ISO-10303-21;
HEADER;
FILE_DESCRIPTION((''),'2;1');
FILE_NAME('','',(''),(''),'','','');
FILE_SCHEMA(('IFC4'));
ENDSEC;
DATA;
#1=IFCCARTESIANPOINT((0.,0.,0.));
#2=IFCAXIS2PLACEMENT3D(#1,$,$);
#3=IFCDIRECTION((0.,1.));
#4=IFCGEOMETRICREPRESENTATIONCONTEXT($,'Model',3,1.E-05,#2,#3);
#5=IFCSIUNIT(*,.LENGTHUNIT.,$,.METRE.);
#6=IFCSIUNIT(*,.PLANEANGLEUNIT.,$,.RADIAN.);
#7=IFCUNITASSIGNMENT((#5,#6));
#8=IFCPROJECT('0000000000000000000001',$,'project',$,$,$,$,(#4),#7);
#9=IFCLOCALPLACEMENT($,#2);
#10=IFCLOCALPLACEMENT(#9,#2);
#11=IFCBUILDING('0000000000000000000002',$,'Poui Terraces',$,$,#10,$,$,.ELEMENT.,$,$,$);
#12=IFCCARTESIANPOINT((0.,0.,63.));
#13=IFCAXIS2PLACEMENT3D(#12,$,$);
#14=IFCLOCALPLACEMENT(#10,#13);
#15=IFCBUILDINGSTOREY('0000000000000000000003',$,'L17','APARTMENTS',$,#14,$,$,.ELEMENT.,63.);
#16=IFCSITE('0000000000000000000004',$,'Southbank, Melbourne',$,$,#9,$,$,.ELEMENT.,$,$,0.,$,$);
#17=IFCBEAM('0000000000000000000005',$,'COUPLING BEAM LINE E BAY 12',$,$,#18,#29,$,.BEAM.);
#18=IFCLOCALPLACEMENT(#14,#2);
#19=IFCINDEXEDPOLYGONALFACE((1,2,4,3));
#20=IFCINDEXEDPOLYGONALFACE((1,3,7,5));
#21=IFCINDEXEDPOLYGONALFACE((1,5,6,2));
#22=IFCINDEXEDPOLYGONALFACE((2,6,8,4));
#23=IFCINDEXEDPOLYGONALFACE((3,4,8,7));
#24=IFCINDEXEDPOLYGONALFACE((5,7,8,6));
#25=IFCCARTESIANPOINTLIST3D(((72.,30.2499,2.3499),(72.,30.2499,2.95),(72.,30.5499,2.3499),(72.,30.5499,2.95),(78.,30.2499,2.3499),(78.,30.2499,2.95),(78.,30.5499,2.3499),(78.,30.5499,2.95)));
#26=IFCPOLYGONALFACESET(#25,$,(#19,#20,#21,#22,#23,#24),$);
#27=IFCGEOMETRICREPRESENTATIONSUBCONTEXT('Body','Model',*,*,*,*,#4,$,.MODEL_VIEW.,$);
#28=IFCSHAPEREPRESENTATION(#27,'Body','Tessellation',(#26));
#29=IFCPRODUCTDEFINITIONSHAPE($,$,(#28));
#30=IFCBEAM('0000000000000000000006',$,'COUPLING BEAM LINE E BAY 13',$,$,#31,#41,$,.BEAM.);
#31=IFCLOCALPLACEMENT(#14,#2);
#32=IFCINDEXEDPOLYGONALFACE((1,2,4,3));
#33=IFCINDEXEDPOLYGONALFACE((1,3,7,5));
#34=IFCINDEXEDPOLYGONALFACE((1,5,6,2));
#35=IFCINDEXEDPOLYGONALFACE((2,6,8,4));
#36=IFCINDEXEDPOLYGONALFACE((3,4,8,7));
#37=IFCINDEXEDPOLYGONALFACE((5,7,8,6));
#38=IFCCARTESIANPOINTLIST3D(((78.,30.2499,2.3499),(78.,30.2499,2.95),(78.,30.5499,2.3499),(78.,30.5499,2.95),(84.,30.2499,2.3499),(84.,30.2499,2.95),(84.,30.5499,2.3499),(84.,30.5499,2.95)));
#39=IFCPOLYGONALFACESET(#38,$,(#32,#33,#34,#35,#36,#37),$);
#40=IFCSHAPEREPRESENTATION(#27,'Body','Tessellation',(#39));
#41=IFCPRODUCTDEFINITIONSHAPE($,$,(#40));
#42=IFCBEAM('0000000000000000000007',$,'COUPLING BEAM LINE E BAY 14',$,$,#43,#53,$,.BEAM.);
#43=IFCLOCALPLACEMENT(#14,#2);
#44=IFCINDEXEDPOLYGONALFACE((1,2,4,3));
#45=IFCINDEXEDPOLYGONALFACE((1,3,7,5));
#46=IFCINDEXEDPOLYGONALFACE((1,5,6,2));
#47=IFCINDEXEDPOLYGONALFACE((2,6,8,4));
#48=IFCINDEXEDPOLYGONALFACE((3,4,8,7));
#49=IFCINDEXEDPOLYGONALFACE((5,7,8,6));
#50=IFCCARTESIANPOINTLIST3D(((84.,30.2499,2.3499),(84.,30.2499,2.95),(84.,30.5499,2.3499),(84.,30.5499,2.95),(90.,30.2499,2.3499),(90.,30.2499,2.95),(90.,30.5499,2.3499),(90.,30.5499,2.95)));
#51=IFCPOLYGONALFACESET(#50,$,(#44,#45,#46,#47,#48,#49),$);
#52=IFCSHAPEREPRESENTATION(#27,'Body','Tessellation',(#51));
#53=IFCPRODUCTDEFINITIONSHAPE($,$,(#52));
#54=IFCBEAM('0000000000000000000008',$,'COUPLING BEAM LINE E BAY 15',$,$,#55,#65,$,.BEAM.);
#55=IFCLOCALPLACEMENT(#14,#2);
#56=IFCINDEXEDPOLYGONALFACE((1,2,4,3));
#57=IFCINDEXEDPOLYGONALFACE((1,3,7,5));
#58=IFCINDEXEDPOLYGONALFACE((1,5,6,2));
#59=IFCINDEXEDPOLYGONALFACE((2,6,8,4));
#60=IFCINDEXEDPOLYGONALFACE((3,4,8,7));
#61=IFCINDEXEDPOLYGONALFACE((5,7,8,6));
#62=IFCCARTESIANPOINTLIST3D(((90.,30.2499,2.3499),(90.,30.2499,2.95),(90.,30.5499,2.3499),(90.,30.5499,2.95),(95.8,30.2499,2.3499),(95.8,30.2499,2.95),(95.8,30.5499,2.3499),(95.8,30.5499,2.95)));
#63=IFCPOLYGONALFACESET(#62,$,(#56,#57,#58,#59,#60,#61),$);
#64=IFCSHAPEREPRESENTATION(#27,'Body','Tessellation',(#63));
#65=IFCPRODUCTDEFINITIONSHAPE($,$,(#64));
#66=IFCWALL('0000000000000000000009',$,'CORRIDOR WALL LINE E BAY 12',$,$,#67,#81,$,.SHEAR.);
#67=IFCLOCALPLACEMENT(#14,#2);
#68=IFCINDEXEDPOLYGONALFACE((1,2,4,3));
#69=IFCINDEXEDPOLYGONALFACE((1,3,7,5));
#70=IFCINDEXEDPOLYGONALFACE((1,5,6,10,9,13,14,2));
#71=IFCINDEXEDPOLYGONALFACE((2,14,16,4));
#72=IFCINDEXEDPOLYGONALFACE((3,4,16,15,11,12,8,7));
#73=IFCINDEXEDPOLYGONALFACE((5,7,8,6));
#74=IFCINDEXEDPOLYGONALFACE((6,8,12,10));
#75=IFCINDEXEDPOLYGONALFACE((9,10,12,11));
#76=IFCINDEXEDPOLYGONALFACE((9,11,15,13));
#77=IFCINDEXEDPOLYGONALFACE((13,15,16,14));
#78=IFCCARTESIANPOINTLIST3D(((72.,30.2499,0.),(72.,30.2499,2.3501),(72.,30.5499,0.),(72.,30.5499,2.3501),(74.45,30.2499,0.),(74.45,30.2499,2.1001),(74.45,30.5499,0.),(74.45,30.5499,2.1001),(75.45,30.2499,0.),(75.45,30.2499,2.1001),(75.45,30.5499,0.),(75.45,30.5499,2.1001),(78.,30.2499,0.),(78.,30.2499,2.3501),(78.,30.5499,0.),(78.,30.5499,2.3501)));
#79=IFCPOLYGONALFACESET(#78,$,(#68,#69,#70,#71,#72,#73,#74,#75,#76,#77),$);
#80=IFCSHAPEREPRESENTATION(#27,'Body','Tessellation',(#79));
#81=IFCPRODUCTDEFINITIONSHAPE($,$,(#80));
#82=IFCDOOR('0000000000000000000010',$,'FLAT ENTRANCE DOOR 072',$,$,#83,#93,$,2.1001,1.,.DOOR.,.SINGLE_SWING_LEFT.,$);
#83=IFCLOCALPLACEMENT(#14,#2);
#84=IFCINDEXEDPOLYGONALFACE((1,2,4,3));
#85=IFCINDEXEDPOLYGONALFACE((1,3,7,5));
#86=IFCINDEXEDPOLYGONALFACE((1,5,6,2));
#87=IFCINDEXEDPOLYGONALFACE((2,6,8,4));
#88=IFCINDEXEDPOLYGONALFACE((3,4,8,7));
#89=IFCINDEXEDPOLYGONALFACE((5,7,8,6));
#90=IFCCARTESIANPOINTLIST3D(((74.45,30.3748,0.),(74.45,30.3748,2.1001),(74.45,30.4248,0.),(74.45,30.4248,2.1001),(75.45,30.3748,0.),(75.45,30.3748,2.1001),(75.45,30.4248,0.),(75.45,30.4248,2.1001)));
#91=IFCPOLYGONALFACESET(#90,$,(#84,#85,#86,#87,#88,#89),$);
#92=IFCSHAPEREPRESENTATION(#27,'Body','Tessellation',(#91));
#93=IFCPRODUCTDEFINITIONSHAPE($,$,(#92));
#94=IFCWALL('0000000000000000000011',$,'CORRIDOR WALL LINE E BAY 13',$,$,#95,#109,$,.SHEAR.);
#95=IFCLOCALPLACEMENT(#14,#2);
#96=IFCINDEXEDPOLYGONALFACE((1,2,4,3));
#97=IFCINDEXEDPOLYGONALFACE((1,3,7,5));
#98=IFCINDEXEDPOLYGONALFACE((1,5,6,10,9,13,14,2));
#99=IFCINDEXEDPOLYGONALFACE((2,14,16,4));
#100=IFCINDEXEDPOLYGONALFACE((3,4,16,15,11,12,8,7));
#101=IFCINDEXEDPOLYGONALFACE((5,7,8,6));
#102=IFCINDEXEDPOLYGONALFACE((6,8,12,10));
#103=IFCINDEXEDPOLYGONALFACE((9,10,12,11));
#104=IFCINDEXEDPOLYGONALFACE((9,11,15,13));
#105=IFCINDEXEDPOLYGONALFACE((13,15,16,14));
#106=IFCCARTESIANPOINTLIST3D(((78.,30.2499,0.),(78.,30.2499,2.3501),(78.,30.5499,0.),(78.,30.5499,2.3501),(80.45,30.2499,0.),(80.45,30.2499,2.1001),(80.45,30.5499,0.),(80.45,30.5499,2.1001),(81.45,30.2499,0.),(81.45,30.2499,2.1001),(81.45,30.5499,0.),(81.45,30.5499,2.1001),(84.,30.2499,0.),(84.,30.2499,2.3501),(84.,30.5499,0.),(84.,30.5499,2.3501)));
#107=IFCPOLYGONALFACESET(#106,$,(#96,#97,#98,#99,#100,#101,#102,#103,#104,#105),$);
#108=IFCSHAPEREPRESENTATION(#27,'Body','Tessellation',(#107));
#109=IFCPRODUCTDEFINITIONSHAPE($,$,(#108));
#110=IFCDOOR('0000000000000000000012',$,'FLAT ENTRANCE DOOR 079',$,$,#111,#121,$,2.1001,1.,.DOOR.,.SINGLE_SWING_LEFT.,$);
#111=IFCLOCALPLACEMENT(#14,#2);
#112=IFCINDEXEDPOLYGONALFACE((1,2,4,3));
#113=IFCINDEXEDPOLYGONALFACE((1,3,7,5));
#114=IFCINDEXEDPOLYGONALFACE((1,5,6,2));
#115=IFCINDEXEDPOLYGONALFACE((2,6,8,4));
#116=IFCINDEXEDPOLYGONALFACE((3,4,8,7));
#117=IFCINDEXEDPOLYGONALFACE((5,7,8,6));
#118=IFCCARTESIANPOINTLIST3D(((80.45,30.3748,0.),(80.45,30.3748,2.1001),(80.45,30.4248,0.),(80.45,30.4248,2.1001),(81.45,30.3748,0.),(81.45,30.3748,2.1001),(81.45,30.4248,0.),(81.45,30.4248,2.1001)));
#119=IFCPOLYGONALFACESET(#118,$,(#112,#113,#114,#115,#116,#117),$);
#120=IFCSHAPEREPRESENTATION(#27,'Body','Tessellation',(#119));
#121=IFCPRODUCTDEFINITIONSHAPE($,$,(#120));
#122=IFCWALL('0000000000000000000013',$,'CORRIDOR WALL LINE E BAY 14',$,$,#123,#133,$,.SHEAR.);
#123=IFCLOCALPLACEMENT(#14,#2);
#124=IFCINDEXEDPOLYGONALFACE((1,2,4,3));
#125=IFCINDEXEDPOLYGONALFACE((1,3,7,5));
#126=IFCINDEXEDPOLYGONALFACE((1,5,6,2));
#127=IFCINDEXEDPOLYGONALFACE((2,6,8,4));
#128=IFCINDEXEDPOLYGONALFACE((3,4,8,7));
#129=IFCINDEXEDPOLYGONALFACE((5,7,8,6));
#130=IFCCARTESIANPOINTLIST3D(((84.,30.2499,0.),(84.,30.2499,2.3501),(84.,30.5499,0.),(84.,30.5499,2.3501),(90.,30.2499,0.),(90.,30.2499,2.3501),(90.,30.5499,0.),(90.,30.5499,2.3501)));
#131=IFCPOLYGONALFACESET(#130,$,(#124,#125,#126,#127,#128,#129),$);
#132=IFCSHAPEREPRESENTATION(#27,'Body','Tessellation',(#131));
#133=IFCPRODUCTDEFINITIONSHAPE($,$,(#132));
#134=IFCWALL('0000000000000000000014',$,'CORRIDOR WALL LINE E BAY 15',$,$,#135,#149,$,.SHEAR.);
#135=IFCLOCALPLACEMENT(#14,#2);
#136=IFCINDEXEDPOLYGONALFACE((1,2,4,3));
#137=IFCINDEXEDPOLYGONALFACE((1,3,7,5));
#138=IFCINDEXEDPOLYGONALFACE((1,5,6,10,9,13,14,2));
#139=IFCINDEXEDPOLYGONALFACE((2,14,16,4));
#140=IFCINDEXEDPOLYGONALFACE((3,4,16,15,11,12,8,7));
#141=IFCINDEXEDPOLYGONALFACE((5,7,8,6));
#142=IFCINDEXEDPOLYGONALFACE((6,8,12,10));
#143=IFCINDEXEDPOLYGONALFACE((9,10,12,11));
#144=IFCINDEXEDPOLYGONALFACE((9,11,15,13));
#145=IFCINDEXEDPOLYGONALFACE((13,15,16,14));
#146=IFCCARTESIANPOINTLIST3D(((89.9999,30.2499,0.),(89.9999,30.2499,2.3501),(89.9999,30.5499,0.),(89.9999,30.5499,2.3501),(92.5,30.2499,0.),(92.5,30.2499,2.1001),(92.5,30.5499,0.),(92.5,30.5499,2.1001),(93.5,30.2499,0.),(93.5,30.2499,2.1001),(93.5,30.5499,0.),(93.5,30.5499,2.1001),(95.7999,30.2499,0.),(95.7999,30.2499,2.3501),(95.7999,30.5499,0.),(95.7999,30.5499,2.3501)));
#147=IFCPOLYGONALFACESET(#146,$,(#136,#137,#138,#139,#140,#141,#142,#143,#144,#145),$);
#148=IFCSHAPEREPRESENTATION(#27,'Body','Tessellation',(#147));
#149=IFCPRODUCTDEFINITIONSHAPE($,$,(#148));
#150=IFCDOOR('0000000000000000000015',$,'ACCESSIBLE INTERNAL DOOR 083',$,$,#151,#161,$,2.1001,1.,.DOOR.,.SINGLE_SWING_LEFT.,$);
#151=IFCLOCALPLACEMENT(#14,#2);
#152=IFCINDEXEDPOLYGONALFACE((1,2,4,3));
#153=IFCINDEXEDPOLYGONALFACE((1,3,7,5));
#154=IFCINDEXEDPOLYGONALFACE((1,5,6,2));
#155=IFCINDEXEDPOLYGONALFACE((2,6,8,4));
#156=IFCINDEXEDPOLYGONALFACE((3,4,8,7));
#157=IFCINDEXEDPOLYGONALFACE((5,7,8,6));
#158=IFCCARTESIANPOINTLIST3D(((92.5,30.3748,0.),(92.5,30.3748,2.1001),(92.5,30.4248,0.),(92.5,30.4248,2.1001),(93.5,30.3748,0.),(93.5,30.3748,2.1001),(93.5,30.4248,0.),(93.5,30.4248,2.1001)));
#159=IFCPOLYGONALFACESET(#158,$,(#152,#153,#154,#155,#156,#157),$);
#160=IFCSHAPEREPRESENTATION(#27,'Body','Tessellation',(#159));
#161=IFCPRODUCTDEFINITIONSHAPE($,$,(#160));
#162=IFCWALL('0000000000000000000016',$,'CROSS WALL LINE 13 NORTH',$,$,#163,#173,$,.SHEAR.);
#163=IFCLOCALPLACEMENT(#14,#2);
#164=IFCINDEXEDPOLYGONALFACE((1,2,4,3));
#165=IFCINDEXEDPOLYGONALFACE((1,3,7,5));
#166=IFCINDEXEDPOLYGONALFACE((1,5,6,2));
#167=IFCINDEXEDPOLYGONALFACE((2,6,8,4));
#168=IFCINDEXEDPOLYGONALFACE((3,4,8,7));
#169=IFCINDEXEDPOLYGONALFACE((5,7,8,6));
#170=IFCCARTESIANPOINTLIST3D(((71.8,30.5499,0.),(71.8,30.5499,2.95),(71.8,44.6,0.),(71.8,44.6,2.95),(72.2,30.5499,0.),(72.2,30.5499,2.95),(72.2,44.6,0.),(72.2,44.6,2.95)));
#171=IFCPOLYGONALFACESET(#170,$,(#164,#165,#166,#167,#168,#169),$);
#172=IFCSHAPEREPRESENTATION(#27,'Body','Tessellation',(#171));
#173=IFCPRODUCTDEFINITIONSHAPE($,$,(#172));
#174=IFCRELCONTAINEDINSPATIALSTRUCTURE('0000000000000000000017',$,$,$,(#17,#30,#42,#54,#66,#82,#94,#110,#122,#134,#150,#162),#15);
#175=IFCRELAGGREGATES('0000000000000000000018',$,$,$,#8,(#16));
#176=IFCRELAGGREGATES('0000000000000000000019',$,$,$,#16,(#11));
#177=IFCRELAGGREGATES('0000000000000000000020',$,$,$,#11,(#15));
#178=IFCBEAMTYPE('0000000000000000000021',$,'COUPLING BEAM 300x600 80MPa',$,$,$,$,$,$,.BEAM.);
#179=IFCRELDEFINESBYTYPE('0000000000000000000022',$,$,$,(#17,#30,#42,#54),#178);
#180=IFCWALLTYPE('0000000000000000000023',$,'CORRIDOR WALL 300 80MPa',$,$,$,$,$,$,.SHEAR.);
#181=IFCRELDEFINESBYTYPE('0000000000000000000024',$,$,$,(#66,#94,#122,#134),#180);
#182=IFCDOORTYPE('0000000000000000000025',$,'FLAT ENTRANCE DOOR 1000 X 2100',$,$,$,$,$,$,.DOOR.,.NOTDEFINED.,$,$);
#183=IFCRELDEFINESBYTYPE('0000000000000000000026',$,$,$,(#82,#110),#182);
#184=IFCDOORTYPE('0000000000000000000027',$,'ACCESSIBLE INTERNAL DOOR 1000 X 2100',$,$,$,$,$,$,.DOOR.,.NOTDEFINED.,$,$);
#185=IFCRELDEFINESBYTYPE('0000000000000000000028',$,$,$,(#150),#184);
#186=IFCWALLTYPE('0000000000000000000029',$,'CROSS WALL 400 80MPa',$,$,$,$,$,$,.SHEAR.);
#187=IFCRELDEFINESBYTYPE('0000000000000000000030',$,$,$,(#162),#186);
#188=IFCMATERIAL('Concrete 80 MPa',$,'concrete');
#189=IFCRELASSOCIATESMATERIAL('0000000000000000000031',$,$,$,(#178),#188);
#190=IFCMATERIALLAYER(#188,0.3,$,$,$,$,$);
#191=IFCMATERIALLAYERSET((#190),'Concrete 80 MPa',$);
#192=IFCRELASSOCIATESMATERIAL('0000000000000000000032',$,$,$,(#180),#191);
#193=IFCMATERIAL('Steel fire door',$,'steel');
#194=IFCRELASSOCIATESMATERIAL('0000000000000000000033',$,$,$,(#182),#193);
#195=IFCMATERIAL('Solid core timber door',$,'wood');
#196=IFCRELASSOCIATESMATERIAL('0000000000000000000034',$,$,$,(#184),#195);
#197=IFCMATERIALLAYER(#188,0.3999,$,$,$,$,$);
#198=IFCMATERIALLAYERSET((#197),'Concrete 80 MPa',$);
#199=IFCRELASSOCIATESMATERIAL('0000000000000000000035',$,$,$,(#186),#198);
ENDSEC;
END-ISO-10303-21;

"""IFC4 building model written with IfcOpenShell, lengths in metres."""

from ifc_helpers import new_model, si_unit, direction, frame, frame_2d, origin, origin_2d, place, context, subcontext, project, spatial, rectangle, extrude, source, transform, mapped, material, layer, layer_set, material_profile, profile_set, type_object, element, fill, save


model = new_model("IFC4")

# Units and contexts
model_context = context("Model", 3, precision=1e-05, world=origin(), true_north=direction((0.0, 1.0)))
body_context = subcontext(model_context, "Body", "Model", "MODEL_VIEW")
ifc_project = project(units=[si_unit("LENGTHUNIT", "METRE"), si_unit("PLANEANGLEUNIT", "RADIAN")], contexts=[model_context])

# Site, building, storey
site_placement = place(None, origin())
site = spatial("IfcSite", under=ifc_project, at=site_placement, Name="Southbank, Melbourne", CompositionType="ELEMENT", RefElevation=0.0)
building_placement = place(site_placement, origin())
building = spatial("IfcBuilding", under=site, at=building_placement, Name="Poui Terraces", CompositionType="ELEMENT")
storey_placement = place(building_placement, frame((0.0, 0.0, 63.0)))
storey = spatial("IfcBuildingStorey", under=building, at=storey_placement, Name="L17", Description="APARTMENTS", CompositionType="ELEMENT", Elevation=63.0)

# Beams
ifc_material_1 = material(Name="Concrete 80 MPa", Category="concrete")
ifc_material_profile = material_profile(ifc_material_1, rectangle(XDim=0.3, YDim=0.6001, at=origin_2d()), Name="RC 300x600")
ifc_profile_set = profile_set([ifc_material_profile], Name="Concrete 80 MPa")
beam_type = type_object("IfcBeamType", Name="COUPLING BEAM 300x600 80MPa", PredefinedType="BEAM", material=ifc_profile_set)
shared_shape_1 = source(origin(), body_context, "Body", "SweptSolid", [
    extrude(rectangle(XDim=0.3, YDim=0.6001, at=origin_2d()), origin(), (0.0, 0.0, 1.0), 6.0),
])
for number, where, z_axis, x_axis, name in (
    (1, (72.0, 30.3999, 2.6499), (1.0, 0.0, 0.0), (0.0, 1.0, 0.0), "COUPLING BEAM LINE E BAY 12"),
    (2, (78.0, 30.3999, 2.6499), (1.0, 0.0, 0.0), (0.0, 1.0, 0.0), "COUPLING BEAM LINE E BAY 13"),
    (3, (84.0, 30.3999, 2.6499), (1.0, 0.0, 0.0), (0.0, 1.0, 0.0), "COUPLING BEAM LINE E BAY 14"),
):
    element("IfcBeam", number, at=place(storey_placement, frame(where, z_axis=z_axis, x_axis=x_axis)), inside=storey, type_object=beam_type, Name=name, PredefinedType="BEAM", context=body_context, shape_type="MappedRepresentation", body=[
        mapped(shared_shape_1, transform((0.0, 0.0, 0.0))),
    ])
shared_shape_2 = source(origin(), body_context, "Body", "SweptSolid", [
    extrude(rectangle(XDim=0.3, YDim=0.6001, at=origin_2d()), origin(), (0.0, 0.0, 1.0), 5.8),
])
beam_placement = place(storey_placement, frame((90.0, 30.3999, 2.6499), z_axis=(1.0, 0.0, 0.0), x_axis=(0.0, 1.0, 0.0)))
element("IfcBeam", 4, at=beam_placement, inside=storey, type_object=beam_type, Name="COUPLING BEAM LINE E BAY 15", PredefinedType="BEAM", context=body_context, shape_type="MappedRepresentation", body=[
    mapped(shared_shape_2, transform((0.0, 0.0, 0.0))),
])

# Walls, openings, doors
ifc_layer_1 = layer(ifc_material_1, 0.3)
ifc_layer_set_1 = layer_set([ifc_layer_1], Name="Concrete 80 MPa")
wall_type_1 = type_object("IfcWallType", Name="CORRIDOR WALL 300 80MPa", PredefinedType="SHEAR", material=ifc_layer_set_1)
wall_1_placement = place(storey_placement, frame((72.0, 30.3999, 0.0), z_axis=(0.0, 0.0, 1.0), x_axis=(1.0, 0.0, 0.0)))
wall_1 = element("IfcWall", 5, at=wall_1_placement, inside=storey, type_object=wall_type_1, Name="CORRIDOR WALL LINE E BAY 12", PredefinedType="SHEAR", context=body_context, shape_type="SweptSolid", body=[
    extrude(rectangle(XDim=6.0, YDim=0.3, at=frame_2d((3.0, 0.0))), origin(), (0.0, 0.0, 1.0), 2.3501),
])
opening_1_placement = place(wall_1_placement, frame((2.45, 0.0, 0.0)))
opening_1 = element("IfcOpeningElement", 6, at=opening_1_placement, cuts=wall_1, PredefinedType="OPENING", context=body_context, shape_type="SweptSolid", body=[
    extrude(rectangle(XDim=1.0, YDim=2.1001, at=frame_2d((0.5, 1.05))), frame((0.0, 0.1602, 0.0), z_axis=(0.0, -1.0, 0.0), x_axis=(1.0, 0.0, 0.0)), (0.0, 0.0, 1.0), 0.3201),
])
ifc_material_2 = material(Name="Steel fire door", Category="steel")
door_type_1 = type_object("IfcDoorType", Name="FLAT ENTRANCE DOOR 1000 X 2100", OperationType="NOTDEFINED", PredefinedType="DOOR", material=ifc_material_2)
door_1_placement = place(opening_1_placement, origin())
door_1 = element("IfcDoor", 7, at=door_1_placement, inside=storey, type_object=door_type_1, Name="FLAT ENTRANCE DOOR 072", OperationType="SINGLE_SWING_LEFT", OverallHeight=2.1001, OverallWidth=1.0, PredefinedType="DOOR", context=body_context, shape_type="SweptSolid", body=[
    extrude(rectangle(XDim=1.0, YDim=2.1001, at=frame_2d((0.5, 1.05))), frame((0.0, 0.0249, 0.0), z_axis=(0.0, -1.0, 0.0), x_axis=(1.0, 0.0, 0.0)), (0.0, 0.0, 1.0), 0.05),
])
fill(opening_1, door_1)
wall_2_placement = place(storey_placement, frame((78.0, 30.3999, 0.0), z_axis=(0.0, 0.0, 1.0), x_axis=(1.0, 0.0, 0.0)))
wall_2 = element("IfcWall", 8, at=wall_2_placement, inside=storey, type_object=wall_type_1, Name="CORRIDOR WALL LINE E BAY 13", PredefinedType="SHEAR", context=body_context, shape_type="SweptSolid", body=[
    extrude(rectangle(XDim=6.0, YDim=0.3, at=frame_2d((3.0, 0.0))), origin(), (0.0, 0.0, 1.0), 2.3501),
])
opening_2_placement = place(wall_2_placement, frame((2.45, 0.0, 0.0)))
opening_2 = element("IfcOpeningElement", 9, at=opening_2_placement, cuts=wall_2, PredefinedType="OPENING", context=body_context, shape_type="SweptSolid", body=[
    extrude(rectangle(XDim=1.0, YDim=2.1001, at=frame_2d((0.5, 1.05))), frame((0.0, 0.1602, 0.0), z_axis=(0.0, -1.0, 0.0), x_axis=(1.0, 0.0, 0.0)), (0.0, 0.0, 1.0), 0.3201),
])
door_2_placement = place(opening_2_placement, origin())
door_2 = element("IfcDoor", 10, at=door_2_placement, inside=storey, type_object=door_type_1, Name="FLAT ENTRANCE DOOR 079", OperationType="SINGLE_SWING_LEFT", OverallHeight=2.1001, OverallWidth=1.0, PredefinedType="DOOR", context=body_context, shape_type="SweptSolid", body=[
    extrude(rectangle(XDim=1.0, YDim=2.1001, at=frame_2d((0.5, 1.05))), frame((0.0, 0.0249, 0.0), z_axis=(0.0, -1.0, 0.0), x_axis=(1.0, 0.0, 0.0)), (0.0, 0.0, 1.0), 0.05),
])
fill(opening_2, door_2)

# Wall
wall_3_placement = place(storey_placement, frame((84.0, 30.3999, 0.0), z_axis=(0.0, 0.0, 1.0), x_axis=(1.0, 0.0, 0.0)))
element("IfcWall", 11, at=wall_3_placement, inside=storey, type_object=wall_type_1, Name="CORRIDOR WALL LINE E BAY 14", PredefinedType="SHEAR", context=body_context, shape_type="SweptSolid", body=[
    extrude(rectangle(XDim=6.0, YDim=0.3, at=frame_2d((3.0, 0.0))), origin(), (0.0, 0.0, 1.0), 2.3501),
])

# Wall, opening, door
wall_4_placement = place(storey_placement, frame((90.0, 30.3999, 0.0), z_axis=(0.0, 0.0, 1.0), x_axis=(1.0, 0.0, 0.0)))
wall_4 = element("IfcWall", 12, at=wall_4_placement, inside=storey, type_object=wall_type_1, Name="CORRIDOR WALL LINE E BAY 15", PredefinedType="SHEAR", context=body_context, shape_type="SweptSolid", body=[
    extrude(rectangle(XDim=5.8, YDim=0.3, at=frame_2d((2.8999, 0.0))), origin(), (0.0, 0.0, 1.0), 2.3501),
])
opening_3_placement = place(wall_4_placement, frame((2.5, 0.0, 0.0)))
opening_3 = element("IfcOpeningElement", 13, at=opening_3_placement, cuts=wall_4, PredefinedType="OPENING", context=body_context, shape_type="SweptSolid", body=[
    extrude(rectangle(XDim=1.0, YDim=2.1001, at=frame_2d((0.5, 1.05))), frame((0.0, 0.1602, 0.0), z_axis=(0.0, -1.0, 0.0), x_axis=(1.0, 0.0, 0.0)), (0.0, 0.0, 1.0), 0.3201),
])
ifc_material_3 = material(Name="Solid core timber door", Category="wood")
door_type_2 = type_object("IfcDoorType", Name="ACCESSIBLE INTERNAL DOOR 1000 X 2100", OperationType="NOTDEFINED", PredefinedType="DOOR", material=ifc_material_3)
door_3_placement = place(opening_3_placement, origin())
door_3 = element("IfcDoor", 14, at=door_3_placement, inside=storey, type_object=door_type_2, Name="ACCESSIBLE INTERNAL DOOR 083", OperationType="SINGLE_SWING_LEFT", OverallHeight=2.1001, OverallWidth=1.0, PredefinedType="DOOR", context=body_context, shape_type="SweptSolid", body=[
    extrude(rectangle(XDim=1.0, YDim=2.1001, at=frame_2d((0.5, 1.05))), frame((0.0, 0.0249, 0.0), z_axis=(0.0, -1.0, 0.0), x_axis=(1.0, 0.0, 0.0)), (0.0, 0.0, 1.0), 0.05),
])
fill(opening_3, door_3)

# Wall
ifc_layer_2 = layer(ifc_material_1, 0.3999)
ifc_layer_set_2 = layer_set([ifc_layer_2], Name="Concrete 80 MPa")
wall_type_2 = type_object("IfcWallType", Name="CROSS WALL 400 80MPa", PredefinedType="SHEAR", material=ifc_layer_set_2)
wall_5_placement = place(storey_placement, frame((72.0, 30.55, 0.0), z_axis=(0.0, 0.0, 1.0), x_axis=(0.0, 1.0, 0.0)))
element("IfcWall", 15, at=wall_5_placement, inside=storey, type_object=wall_type_2, Name="CROSS WALL LINE 13 NORTH", PredefinedType="SHEAR", context=body_context, shape_type="SweptSolid", body=[
    extrude(rectangle(XDim=14.05, YDim=0.3999, at=frame_2d((7.0249, 0.0))), origin(), (0.0, 0.0, 1.0), 2.95),
])

save(model, "model.ifc")
